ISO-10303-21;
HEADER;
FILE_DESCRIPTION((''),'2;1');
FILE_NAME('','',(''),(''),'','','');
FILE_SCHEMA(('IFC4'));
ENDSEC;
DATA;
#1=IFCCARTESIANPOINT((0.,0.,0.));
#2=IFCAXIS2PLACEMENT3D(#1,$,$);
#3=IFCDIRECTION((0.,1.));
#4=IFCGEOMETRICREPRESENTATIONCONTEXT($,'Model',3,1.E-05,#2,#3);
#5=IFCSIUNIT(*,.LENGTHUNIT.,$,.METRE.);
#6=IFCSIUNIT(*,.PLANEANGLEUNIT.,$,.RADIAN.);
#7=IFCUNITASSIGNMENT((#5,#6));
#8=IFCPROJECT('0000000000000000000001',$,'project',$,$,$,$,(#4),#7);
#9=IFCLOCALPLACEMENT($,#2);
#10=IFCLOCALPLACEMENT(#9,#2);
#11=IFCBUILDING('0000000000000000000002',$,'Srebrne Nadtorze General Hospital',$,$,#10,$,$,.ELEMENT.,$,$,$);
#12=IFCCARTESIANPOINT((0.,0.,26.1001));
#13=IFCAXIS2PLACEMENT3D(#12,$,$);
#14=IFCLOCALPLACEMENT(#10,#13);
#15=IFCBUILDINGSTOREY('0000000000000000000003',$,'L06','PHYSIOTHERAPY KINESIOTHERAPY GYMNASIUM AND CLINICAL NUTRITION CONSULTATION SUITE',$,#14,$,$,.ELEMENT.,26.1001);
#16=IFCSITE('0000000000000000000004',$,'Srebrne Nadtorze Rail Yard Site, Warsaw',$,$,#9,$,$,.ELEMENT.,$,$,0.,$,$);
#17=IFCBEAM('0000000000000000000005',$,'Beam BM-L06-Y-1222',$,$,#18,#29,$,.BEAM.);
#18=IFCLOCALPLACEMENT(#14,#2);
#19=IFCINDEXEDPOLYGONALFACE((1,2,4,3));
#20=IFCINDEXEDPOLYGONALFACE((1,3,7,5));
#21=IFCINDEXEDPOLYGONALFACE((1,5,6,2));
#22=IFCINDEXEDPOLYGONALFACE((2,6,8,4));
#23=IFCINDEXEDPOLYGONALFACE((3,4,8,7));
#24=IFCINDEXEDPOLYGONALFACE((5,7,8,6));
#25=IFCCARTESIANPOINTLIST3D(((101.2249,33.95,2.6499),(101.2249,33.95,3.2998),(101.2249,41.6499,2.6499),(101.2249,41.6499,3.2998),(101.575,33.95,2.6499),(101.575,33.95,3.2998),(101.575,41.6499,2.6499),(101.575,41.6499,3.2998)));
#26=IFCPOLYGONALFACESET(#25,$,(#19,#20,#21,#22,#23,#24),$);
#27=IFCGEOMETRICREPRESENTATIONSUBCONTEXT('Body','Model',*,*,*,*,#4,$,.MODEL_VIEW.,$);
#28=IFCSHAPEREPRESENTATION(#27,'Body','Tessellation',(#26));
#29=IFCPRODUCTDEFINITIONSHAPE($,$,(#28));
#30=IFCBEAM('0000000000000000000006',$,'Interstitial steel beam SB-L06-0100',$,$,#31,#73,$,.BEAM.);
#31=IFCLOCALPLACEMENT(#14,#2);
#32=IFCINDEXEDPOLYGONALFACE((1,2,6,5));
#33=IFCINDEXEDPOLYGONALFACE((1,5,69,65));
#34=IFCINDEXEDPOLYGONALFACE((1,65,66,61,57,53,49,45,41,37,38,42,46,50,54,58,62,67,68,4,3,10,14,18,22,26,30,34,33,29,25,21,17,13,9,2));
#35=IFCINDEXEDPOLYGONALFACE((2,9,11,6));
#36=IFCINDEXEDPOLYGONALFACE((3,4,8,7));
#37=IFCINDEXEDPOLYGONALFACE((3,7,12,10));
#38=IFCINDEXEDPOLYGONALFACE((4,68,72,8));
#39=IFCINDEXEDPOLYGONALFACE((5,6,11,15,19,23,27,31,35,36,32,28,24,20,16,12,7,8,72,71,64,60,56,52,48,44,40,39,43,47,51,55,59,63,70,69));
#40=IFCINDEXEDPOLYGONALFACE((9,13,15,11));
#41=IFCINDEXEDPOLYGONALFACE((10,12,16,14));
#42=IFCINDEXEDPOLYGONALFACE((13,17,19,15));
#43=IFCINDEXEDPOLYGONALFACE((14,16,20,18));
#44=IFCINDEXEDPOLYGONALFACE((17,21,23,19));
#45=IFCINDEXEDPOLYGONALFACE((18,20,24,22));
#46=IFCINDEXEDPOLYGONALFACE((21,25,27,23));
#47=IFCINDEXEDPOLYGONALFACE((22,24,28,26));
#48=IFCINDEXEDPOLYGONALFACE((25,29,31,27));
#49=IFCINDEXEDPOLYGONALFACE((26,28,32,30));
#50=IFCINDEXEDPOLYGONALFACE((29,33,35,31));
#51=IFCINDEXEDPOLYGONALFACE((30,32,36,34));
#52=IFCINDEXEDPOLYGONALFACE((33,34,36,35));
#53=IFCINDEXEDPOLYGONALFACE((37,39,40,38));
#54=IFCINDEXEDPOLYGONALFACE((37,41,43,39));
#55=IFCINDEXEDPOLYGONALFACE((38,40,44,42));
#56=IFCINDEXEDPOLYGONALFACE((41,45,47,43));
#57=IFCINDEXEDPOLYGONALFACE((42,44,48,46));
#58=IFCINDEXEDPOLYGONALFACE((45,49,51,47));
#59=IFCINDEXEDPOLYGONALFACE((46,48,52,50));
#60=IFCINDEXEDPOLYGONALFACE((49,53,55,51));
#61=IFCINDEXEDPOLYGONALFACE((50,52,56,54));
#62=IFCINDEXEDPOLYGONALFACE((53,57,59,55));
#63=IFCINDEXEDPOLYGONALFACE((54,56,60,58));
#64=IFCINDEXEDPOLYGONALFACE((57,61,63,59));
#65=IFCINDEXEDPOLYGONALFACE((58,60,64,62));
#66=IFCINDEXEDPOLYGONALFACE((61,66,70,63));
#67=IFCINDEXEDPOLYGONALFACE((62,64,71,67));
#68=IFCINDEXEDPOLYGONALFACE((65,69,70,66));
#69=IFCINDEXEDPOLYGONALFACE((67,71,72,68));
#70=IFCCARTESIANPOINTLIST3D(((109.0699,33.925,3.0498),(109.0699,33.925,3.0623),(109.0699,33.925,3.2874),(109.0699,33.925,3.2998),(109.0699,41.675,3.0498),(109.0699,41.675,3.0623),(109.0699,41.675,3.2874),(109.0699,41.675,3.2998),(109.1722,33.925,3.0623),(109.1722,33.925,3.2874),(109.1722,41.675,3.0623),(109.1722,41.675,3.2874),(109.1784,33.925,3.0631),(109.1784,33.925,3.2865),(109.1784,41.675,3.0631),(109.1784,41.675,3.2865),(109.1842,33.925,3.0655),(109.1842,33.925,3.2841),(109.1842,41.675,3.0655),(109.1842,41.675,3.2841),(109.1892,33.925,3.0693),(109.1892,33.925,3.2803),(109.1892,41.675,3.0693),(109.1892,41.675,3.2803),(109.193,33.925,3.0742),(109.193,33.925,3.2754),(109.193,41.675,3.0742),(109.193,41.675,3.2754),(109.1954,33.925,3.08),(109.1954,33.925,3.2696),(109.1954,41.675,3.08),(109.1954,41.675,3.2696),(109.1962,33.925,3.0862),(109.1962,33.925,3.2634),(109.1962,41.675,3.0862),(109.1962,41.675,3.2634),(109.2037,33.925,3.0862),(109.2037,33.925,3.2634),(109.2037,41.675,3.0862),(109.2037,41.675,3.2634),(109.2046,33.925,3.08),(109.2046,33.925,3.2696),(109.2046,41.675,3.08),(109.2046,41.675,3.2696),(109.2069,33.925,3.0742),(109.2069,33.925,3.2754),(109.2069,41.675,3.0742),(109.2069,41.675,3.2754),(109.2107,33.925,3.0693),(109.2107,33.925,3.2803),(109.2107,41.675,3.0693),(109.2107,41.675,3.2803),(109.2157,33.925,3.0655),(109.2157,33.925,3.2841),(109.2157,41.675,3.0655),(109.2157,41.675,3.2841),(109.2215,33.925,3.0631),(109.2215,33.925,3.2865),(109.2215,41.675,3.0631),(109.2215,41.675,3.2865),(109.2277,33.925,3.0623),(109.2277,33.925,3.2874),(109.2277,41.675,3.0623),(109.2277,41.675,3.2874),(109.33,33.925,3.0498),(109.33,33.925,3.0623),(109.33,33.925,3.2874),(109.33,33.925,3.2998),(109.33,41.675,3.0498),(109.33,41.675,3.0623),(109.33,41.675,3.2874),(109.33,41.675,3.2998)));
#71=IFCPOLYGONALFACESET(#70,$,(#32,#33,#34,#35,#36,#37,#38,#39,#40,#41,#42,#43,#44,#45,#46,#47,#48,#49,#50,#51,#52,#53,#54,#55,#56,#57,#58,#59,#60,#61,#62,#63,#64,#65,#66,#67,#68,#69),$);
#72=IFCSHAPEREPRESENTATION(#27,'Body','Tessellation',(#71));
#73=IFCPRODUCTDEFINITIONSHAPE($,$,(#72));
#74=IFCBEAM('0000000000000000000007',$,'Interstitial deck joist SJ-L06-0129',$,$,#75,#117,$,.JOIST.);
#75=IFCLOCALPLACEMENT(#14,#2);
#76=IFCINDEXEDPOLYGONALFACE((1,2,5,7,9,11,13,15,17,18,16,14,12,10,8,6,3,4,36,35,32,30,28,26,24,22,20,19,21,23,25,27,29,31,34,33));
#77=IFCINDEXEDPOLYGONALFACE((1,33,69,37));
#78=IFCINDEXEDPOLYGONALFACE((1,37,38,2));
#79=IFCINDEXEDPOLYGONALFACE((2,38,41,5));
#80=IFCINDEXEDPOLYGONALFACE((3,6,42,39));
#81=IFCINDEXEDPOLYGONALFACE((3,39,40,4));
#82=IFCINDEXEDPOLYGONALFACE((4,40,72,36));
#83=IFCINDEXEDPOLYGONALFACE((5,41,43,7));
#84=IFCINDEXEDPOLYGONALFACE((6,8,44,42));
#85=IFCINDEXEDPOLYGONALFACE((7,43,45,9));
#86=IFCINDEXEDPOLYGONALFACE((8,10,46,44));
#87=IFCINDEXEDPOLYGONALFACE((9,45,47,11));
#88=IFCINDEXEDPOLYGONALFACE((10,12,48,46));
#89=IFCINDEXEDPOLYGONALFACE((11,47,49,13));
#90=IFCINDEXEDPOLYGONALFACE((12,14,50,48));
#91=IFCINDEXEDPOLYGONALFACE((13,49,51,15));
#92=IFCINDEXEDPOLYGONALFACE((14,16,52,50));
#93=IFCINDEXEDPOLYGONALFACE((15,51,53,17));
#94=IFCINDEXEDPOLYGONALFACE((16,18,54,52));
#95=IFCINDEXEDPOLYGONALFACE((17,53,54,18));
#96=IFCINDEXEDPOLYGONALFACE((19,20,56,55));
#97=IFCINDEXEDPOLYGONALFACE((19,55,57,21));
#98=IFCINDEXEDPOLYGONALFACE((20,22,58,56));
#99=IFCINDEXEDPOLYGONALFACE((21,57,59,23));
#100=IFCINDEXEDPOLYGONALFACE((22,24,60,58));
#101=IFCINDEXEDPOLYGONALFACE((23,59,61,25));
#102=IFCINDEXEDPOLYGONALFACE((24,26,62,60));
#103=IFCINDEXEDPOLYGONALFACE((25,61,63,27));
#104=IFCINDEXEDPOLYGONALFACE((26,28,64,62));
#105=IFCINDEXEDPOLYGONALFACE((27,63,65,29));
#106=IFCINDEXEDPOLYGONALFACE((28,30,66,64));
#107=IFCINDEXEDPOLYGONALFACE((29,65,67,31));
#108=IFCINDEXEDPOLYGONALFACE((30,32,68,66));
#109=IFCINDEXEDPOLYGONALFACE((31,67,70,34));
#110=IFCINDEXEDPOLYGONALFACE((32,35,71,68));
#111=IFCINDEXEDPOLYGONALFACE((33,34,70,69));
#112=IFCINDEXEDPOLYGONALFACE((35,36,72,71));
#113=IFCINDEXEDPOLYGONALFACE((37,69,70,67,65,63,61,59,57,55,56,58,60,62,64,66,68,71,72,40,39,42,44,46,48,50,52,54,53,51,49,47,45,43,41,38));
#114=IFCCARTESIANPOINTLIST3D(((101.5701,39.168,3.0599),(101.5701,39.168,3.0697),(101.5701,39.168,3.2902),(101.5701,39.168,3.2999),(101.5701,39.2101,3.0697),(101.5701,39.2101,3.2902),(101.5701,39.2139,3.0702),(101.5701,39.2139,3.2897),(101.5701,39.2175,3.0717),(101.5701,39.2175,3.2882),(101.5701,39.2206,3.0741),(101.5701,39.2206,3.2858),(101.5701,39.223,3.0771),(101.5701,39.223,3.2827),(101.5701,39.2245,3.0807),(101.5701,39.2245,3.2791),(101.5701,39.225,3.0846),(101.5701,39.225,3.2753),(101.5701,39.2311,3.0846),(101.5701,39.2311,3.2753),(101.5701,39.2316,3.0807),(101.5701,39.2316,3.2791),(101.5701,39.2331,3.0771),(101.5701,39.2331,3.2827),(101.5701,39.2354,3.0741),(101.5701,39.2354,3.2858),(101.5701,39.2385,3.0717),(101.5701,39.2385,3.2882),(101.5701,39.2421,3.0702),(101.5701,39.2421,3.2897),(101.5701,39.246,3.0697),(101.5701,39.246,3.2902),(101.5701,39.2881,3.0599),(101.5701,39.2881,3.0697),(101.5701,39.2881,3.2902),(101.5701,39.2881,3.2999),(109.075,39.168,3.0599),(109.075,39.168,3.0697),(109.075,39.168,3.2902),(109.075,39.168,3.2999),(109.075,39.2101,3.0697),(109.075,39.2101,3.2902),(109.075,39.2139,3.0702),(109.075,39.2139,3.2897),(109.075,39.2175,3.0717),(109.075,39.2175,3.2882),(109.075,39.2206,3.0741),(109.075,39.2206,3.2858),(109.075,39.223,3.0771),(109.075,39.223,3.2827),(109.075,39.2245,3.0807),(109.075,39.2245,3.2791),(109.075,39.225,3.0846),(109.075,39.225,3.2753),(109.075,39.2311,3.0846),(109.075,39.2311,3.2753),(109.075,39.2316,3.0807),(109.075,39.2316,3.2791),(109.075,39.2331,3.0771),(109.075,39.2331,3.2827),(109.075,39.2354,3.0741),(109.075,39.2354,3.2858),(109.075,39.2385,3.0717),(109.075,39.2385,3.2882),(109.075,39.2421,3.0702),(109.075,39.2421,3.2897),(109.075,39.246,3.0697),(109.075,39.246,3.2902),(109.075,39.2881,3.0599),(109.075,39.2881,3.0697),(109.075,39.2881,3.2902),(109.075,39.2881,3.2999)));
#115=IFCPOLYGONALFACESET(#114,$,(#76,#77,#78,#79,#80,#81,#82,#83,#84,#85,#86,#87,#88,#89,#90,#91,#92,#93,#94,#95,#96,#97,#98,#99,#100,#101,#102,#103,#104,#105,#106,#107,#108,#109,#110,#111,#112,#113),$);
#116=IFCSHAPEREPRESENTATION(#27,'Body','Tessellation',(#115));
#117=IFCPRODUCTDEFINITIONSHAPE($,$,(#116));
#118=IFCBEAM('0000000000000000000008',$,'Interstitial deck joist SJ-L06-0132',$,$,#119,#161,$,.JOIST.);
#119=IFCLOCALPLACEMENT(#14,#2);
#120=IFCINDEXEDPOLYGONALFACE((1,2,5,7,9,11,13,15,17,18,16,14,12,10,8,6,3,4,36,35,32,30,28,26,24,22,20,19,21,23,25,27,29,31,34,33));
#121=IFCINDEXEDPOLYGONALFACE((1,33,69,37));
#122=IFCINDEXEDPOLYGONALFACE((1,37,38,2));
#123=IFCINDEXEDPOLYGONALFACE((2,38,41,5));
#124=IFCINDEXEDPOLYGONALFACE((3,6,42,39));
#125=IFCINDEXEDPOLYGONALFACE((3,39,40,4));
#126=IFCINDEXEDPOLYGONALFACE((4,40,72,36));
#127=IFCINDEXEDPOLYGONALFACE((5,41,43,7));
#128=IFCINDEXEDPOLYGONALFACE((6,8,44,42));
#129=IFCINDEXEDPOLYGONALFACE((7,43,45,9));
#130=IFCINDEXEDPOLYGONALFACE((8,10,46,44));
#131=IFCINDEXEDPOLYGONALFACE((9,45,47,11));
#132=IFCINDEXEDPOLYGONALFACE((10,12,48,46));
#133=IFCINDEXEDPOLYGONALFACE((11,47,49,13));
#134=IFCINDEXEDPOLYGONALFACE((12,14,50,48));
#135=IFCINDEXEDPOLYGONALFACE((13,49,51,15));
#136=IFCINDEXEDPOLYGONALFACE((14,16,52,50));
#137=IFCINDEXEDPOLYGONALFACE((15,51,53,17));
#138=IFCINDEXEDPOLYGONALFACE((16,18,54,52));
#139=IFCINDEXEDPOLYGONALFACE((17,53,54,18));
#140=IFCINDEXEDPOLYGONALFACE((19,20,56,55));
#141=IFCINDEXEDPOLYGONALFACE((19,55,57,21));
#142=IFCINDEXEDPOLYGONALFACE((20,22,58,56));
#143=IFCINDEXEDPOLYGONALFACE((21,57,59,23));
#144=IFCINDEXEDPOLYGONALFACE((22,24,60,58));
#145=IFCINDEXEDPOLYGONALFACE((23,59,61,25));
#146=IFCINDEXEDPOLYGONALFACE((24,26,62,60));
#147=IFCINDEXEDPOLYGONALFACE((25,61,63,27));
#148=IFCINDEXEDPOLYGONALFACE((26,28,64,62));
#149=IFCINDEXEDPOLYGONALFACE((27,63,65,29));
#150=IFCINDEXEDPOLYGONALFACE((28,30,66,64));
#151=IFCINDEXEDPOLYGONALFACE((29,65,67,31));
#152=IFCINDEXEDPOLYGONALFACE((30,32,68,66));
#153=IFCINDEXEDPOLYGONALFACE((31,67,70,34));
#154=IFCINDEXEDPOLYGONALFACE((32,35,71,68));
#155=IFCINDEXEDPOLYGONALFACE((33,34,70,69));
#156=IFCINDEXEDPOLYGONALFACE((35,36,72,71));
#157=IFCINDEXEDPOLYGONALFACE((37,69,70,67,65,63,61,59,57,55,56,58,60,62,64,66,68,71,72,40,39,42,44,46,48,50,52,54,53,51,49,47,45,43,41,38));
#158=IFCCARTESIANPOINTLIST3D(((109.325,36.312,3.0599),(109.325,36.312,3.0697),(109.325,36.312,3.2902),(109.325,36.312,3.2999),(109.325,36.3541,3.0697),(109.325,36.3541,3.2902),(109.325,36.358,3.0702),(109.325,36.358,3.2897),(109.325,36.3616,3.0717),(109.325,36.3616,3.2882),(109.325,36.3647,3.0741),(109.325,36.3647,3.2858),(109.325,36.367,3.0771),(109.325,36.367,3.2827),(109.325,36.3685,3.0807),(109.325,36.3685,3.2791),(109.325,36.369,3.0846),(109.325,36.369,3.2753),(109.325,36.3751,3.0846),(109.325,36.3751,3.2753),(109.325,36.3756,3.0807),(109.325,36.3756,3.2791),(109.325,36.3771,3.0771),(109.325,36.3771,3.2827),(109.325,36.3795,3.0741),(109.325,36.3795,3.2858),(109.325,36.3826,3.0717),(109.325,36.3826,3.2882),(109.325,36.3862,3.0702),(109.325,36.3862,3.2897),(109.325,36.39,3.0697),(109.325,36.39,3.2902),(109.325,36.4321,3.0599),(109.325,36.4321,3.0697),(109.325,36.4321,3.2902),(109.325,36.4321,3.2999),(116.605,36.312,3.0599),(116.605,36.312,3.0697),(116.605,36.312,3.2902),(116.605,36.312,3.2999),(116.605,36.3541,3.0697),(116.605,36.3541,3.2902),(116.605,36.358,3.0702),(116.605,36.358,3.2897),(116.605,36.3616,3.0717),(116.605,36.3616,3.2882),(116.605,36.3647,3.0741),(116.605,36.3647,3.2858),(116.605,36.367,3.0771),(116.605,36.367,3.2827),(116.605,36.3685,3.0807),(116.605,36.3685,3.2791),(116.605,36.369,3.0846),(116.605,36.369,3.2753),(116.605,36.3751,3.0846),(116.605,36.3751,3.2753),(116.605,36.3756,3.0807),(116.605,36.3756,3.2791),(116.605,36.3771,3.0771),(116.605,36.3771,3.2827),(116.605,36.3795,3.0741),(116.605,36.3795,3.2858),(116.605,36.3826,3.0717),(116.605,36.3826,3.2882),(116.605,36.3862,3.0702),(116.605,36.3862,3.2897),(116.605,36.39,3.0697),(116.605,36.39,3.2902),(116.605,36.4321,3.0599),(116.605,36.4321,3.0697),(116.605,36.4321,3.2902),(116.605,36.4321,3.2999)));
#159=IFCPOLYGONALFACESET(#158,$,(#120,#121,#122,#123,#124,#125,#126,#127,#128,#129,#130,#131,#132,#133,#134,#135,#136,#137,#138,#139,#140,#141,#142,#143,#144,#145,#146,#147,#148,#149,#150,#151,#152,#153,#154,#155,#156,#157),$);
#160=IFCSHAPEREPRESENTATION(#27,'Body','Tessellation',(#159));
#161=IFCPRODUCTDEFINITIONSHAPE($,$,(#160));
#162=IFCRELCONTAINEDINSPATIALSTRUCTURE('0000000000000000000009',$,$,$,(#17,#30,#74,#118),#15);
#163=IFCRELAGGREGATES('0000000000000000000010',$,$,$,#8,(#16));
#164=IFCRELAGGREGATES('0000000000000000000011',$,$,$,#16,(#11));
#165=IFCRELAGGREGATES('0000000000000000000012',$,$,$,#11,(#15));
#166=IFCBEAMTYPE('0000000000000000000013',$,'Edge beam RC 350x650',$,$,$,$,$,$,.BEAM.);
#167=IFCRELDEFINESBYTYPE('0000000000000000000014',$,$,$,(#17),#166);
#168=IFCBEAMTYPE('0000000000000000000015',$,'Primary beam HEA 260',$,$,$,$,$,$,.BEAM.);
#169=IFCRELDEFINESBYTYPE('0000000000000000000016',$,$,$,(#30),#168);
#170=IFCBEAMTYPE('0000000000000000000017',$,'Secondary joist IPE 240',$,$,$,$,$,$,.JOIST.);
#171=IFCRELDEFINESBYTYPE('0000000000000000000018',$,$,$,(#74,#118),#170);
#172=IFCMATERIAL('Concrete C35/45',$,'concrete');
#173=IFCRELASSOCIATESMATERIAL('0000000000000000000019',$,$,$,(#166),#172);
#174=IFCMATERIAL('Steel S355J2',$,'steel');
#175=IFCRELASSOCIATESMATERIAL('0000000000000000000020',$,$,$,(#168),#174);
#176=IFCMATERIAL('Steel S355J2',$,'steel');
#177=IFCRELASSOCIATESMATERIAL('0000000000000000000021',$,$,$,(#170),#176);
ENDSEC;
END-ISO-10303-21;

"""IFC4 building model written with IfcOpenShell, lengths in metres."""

from ifc_helpers import new_model, si_unit, direction, frame, origin, origin_2d, place, context, subcontext, project, spatial, rectangle, i_section, extrude, material, material_profile, profile_set, type_object, element, save


model = new_model("IFC4")

# Units and contexts
model_context = context("Model", 3, precision=1e-05, world=origin(), true_north=direction((0.0, 1.0)))
body_context = subcontext(model_context, "Body", "Model", "MODEL_VIEW")
ifc_project = project(units=[si_unit("LENGTHUNIT", "METRE"), si_unit("PLANEANGLEUNIT", "RADIAN")], contexts=[model_context])

# Site, building, storey
site_placement = place(None, origin())
site = spatial("IfcSite", under=ifc_project, at=site_placement, Name="Srebrne Nadtorze Rail Yard Site, Warsaw", CompositionType="ELEMENT", RefElevation=0.0)
building_placement = place(site_placement, origin())
building = spatial("IfcBuilding", under=site, at=building_placement, Name="Srebrne Nadtorze General Hospital", CompositionType="ELEMENT")
storey_placement = place(building_placement, frame((0.0, 0.0, 26.1001)))
storey = spatial("IfcBuildingStorey", under=building, at=storey_placement, Name="L06", Description="PHYSIOTHERAPY KINESIOTHERAPY GYMNASIUM AND CLINICAL NUTRITION CONSULTATION SUITE", CompositionType="ELEMENT", Elevation=26.1001)

# Beams
ifc_material_1 = material(Name="Concrete C35/45", Category="concrete")
ifc_material_profile_1 = material_profile(ifc_material_1, rectangle(XDim=0.3501, YDim=0.6499, at=origin_2d()), Name="RC-BM-350x650")
ifc_profile_set_1 = profile_set([ifc_material_profile_1], Name="Concrete C35/45")
beam_type_1 = type_object("IfcBeamType", Name="Edge beam RC 350x650", PredefinedType="BEAM", material=ifc_profile_set_1)
beam_1_placement = place(storey_placement, frame((101.3999, 33.95, 2.9749), z_axis=(0.0, 1.0, 0.0), x_axis=(-1.0, 0.0, 0.0)))
element("IfcBeam", 1, at=beam_1_placement, inside=storey, type_object=beam_type_1, Name="Beam BM-L06-Y-1222", PredefinedType="BEAM", context=body_context, shape_type="SweptSolid", body=[
    extrude(rectangle(XDim=0.3501, YDim=0.6499, at=origin_2d()), origin(), (0.0, 0.0, 1.0), 7.7),
])
ifc_material_2 = material(Name="Steel S355J2", Category="steel")
ifc_material_profile_2 = material_profile(ifc_material_2, i_section(OverallWidth=0.26, OverallDepth=0.25, WebThickness=0.0076, FlangeThickness=0.0125, FilletRadius=0.0239, at=origin_2d()), Name="HEA-260")
ifc_profile_set_2 = profile_set([ifc_material_profile_2], Name="Steel S355J2")
beam_type_2 = type_object("IfcBeamType", Name="Primary beam HEA 260", PredefinedType="BEAM", material=ifc_profile_set_2)
beam_2_placement = place(storey_placement, frame((109.2, 33.925, 3.1748), z_axis=(0.0, 1.0, 0.0), x_axis=(-1.0, 0.0, 0.0)))
element("IfcBeam", 2, at=beam_2_placement, inside=storey, type_object=beam_type_2, Name="Interstitial steel beam SB-L06-0100", PredefinedType="BEAM", context=body_context, shape_type="SweptSolid", body=[
    extrude(i_section(OverallWidth=0.26, OverallDepth=0.25, WebThickness=0.0076, FlangeThickness=0.0125, FilletRadius=0.0239, at=origin_2d()), origin(), (0.0, 0.0, 1.0), 7.75),
])
ifc_material_3 = material(Name="Steel S355J2", Category="steel")
ifc_material_profile_3 = material_profile(ifc_material_3, i_section(OverallWidth=0.1201, OverallDepth=0.24, WebThickness=0.0061, FlangeThickness=0.0098, FilletRadius=0.0149, at=origin_2d()), Name="IPE-240")
ifc_profile_set_3 = profile_set([ifc_material_profile_3], Name="Steel S355J2")
beam_type_3 = type_object("IfcBeamType", Name="Secondary joist IPE 240", PredefinedType="JOIST", material=ifc_profile_set_3)
beam_3_placement = place(storey_placement, frame((101.5701, 39.228, 3.1799), z_axis=(1.0, 0.0, 0.0), x_axis=(0.0, 1.0, 0.0)))
element("IfcBeam", 3, at=beam_3_placement, inside=storey, type_object=beam_type_3, Name="Interstitial deck joist SJ-L06-0129", PredefinedType="JOIST", context=body_context, shape_type="SweptSolid", body=[
    extrude(i_section(OverallWidth=0.1201, OverallDepth=0.24, WebThickness=0.0061, FlangeThickness=0.0098, FilletRadius=0.0149, at=origin_2d()), origin(), (0.0, 0.0, 1.0), 7.5049),
])
beam_4_placement = place(storey_placement, frame((109.325, 36.3721, 3.1799), z_axis=(1.0, 0.0, 0.0), x_axis=(0.0, 1.0, 0.0)))
element("IfcBeam", 4, at=beam_4_placement, inside=storey, type_object=beam_type_3, Name="Interstitial deck joist SJ-L06-0132", PredefinedType="JOIST", context=body_context, shape_type="SweptSolid", body=[
    extrude(i_section(OverallWidth=0.1201, OverallDepth=0.24, WebThickness=0.0061, FlangeThickness=0.0098, FilletRadius=0.0149, at=origin_2d()), origin(), (0.0, 0.0, 1.0), 7.28),
])

save(model, "model.ifc")
